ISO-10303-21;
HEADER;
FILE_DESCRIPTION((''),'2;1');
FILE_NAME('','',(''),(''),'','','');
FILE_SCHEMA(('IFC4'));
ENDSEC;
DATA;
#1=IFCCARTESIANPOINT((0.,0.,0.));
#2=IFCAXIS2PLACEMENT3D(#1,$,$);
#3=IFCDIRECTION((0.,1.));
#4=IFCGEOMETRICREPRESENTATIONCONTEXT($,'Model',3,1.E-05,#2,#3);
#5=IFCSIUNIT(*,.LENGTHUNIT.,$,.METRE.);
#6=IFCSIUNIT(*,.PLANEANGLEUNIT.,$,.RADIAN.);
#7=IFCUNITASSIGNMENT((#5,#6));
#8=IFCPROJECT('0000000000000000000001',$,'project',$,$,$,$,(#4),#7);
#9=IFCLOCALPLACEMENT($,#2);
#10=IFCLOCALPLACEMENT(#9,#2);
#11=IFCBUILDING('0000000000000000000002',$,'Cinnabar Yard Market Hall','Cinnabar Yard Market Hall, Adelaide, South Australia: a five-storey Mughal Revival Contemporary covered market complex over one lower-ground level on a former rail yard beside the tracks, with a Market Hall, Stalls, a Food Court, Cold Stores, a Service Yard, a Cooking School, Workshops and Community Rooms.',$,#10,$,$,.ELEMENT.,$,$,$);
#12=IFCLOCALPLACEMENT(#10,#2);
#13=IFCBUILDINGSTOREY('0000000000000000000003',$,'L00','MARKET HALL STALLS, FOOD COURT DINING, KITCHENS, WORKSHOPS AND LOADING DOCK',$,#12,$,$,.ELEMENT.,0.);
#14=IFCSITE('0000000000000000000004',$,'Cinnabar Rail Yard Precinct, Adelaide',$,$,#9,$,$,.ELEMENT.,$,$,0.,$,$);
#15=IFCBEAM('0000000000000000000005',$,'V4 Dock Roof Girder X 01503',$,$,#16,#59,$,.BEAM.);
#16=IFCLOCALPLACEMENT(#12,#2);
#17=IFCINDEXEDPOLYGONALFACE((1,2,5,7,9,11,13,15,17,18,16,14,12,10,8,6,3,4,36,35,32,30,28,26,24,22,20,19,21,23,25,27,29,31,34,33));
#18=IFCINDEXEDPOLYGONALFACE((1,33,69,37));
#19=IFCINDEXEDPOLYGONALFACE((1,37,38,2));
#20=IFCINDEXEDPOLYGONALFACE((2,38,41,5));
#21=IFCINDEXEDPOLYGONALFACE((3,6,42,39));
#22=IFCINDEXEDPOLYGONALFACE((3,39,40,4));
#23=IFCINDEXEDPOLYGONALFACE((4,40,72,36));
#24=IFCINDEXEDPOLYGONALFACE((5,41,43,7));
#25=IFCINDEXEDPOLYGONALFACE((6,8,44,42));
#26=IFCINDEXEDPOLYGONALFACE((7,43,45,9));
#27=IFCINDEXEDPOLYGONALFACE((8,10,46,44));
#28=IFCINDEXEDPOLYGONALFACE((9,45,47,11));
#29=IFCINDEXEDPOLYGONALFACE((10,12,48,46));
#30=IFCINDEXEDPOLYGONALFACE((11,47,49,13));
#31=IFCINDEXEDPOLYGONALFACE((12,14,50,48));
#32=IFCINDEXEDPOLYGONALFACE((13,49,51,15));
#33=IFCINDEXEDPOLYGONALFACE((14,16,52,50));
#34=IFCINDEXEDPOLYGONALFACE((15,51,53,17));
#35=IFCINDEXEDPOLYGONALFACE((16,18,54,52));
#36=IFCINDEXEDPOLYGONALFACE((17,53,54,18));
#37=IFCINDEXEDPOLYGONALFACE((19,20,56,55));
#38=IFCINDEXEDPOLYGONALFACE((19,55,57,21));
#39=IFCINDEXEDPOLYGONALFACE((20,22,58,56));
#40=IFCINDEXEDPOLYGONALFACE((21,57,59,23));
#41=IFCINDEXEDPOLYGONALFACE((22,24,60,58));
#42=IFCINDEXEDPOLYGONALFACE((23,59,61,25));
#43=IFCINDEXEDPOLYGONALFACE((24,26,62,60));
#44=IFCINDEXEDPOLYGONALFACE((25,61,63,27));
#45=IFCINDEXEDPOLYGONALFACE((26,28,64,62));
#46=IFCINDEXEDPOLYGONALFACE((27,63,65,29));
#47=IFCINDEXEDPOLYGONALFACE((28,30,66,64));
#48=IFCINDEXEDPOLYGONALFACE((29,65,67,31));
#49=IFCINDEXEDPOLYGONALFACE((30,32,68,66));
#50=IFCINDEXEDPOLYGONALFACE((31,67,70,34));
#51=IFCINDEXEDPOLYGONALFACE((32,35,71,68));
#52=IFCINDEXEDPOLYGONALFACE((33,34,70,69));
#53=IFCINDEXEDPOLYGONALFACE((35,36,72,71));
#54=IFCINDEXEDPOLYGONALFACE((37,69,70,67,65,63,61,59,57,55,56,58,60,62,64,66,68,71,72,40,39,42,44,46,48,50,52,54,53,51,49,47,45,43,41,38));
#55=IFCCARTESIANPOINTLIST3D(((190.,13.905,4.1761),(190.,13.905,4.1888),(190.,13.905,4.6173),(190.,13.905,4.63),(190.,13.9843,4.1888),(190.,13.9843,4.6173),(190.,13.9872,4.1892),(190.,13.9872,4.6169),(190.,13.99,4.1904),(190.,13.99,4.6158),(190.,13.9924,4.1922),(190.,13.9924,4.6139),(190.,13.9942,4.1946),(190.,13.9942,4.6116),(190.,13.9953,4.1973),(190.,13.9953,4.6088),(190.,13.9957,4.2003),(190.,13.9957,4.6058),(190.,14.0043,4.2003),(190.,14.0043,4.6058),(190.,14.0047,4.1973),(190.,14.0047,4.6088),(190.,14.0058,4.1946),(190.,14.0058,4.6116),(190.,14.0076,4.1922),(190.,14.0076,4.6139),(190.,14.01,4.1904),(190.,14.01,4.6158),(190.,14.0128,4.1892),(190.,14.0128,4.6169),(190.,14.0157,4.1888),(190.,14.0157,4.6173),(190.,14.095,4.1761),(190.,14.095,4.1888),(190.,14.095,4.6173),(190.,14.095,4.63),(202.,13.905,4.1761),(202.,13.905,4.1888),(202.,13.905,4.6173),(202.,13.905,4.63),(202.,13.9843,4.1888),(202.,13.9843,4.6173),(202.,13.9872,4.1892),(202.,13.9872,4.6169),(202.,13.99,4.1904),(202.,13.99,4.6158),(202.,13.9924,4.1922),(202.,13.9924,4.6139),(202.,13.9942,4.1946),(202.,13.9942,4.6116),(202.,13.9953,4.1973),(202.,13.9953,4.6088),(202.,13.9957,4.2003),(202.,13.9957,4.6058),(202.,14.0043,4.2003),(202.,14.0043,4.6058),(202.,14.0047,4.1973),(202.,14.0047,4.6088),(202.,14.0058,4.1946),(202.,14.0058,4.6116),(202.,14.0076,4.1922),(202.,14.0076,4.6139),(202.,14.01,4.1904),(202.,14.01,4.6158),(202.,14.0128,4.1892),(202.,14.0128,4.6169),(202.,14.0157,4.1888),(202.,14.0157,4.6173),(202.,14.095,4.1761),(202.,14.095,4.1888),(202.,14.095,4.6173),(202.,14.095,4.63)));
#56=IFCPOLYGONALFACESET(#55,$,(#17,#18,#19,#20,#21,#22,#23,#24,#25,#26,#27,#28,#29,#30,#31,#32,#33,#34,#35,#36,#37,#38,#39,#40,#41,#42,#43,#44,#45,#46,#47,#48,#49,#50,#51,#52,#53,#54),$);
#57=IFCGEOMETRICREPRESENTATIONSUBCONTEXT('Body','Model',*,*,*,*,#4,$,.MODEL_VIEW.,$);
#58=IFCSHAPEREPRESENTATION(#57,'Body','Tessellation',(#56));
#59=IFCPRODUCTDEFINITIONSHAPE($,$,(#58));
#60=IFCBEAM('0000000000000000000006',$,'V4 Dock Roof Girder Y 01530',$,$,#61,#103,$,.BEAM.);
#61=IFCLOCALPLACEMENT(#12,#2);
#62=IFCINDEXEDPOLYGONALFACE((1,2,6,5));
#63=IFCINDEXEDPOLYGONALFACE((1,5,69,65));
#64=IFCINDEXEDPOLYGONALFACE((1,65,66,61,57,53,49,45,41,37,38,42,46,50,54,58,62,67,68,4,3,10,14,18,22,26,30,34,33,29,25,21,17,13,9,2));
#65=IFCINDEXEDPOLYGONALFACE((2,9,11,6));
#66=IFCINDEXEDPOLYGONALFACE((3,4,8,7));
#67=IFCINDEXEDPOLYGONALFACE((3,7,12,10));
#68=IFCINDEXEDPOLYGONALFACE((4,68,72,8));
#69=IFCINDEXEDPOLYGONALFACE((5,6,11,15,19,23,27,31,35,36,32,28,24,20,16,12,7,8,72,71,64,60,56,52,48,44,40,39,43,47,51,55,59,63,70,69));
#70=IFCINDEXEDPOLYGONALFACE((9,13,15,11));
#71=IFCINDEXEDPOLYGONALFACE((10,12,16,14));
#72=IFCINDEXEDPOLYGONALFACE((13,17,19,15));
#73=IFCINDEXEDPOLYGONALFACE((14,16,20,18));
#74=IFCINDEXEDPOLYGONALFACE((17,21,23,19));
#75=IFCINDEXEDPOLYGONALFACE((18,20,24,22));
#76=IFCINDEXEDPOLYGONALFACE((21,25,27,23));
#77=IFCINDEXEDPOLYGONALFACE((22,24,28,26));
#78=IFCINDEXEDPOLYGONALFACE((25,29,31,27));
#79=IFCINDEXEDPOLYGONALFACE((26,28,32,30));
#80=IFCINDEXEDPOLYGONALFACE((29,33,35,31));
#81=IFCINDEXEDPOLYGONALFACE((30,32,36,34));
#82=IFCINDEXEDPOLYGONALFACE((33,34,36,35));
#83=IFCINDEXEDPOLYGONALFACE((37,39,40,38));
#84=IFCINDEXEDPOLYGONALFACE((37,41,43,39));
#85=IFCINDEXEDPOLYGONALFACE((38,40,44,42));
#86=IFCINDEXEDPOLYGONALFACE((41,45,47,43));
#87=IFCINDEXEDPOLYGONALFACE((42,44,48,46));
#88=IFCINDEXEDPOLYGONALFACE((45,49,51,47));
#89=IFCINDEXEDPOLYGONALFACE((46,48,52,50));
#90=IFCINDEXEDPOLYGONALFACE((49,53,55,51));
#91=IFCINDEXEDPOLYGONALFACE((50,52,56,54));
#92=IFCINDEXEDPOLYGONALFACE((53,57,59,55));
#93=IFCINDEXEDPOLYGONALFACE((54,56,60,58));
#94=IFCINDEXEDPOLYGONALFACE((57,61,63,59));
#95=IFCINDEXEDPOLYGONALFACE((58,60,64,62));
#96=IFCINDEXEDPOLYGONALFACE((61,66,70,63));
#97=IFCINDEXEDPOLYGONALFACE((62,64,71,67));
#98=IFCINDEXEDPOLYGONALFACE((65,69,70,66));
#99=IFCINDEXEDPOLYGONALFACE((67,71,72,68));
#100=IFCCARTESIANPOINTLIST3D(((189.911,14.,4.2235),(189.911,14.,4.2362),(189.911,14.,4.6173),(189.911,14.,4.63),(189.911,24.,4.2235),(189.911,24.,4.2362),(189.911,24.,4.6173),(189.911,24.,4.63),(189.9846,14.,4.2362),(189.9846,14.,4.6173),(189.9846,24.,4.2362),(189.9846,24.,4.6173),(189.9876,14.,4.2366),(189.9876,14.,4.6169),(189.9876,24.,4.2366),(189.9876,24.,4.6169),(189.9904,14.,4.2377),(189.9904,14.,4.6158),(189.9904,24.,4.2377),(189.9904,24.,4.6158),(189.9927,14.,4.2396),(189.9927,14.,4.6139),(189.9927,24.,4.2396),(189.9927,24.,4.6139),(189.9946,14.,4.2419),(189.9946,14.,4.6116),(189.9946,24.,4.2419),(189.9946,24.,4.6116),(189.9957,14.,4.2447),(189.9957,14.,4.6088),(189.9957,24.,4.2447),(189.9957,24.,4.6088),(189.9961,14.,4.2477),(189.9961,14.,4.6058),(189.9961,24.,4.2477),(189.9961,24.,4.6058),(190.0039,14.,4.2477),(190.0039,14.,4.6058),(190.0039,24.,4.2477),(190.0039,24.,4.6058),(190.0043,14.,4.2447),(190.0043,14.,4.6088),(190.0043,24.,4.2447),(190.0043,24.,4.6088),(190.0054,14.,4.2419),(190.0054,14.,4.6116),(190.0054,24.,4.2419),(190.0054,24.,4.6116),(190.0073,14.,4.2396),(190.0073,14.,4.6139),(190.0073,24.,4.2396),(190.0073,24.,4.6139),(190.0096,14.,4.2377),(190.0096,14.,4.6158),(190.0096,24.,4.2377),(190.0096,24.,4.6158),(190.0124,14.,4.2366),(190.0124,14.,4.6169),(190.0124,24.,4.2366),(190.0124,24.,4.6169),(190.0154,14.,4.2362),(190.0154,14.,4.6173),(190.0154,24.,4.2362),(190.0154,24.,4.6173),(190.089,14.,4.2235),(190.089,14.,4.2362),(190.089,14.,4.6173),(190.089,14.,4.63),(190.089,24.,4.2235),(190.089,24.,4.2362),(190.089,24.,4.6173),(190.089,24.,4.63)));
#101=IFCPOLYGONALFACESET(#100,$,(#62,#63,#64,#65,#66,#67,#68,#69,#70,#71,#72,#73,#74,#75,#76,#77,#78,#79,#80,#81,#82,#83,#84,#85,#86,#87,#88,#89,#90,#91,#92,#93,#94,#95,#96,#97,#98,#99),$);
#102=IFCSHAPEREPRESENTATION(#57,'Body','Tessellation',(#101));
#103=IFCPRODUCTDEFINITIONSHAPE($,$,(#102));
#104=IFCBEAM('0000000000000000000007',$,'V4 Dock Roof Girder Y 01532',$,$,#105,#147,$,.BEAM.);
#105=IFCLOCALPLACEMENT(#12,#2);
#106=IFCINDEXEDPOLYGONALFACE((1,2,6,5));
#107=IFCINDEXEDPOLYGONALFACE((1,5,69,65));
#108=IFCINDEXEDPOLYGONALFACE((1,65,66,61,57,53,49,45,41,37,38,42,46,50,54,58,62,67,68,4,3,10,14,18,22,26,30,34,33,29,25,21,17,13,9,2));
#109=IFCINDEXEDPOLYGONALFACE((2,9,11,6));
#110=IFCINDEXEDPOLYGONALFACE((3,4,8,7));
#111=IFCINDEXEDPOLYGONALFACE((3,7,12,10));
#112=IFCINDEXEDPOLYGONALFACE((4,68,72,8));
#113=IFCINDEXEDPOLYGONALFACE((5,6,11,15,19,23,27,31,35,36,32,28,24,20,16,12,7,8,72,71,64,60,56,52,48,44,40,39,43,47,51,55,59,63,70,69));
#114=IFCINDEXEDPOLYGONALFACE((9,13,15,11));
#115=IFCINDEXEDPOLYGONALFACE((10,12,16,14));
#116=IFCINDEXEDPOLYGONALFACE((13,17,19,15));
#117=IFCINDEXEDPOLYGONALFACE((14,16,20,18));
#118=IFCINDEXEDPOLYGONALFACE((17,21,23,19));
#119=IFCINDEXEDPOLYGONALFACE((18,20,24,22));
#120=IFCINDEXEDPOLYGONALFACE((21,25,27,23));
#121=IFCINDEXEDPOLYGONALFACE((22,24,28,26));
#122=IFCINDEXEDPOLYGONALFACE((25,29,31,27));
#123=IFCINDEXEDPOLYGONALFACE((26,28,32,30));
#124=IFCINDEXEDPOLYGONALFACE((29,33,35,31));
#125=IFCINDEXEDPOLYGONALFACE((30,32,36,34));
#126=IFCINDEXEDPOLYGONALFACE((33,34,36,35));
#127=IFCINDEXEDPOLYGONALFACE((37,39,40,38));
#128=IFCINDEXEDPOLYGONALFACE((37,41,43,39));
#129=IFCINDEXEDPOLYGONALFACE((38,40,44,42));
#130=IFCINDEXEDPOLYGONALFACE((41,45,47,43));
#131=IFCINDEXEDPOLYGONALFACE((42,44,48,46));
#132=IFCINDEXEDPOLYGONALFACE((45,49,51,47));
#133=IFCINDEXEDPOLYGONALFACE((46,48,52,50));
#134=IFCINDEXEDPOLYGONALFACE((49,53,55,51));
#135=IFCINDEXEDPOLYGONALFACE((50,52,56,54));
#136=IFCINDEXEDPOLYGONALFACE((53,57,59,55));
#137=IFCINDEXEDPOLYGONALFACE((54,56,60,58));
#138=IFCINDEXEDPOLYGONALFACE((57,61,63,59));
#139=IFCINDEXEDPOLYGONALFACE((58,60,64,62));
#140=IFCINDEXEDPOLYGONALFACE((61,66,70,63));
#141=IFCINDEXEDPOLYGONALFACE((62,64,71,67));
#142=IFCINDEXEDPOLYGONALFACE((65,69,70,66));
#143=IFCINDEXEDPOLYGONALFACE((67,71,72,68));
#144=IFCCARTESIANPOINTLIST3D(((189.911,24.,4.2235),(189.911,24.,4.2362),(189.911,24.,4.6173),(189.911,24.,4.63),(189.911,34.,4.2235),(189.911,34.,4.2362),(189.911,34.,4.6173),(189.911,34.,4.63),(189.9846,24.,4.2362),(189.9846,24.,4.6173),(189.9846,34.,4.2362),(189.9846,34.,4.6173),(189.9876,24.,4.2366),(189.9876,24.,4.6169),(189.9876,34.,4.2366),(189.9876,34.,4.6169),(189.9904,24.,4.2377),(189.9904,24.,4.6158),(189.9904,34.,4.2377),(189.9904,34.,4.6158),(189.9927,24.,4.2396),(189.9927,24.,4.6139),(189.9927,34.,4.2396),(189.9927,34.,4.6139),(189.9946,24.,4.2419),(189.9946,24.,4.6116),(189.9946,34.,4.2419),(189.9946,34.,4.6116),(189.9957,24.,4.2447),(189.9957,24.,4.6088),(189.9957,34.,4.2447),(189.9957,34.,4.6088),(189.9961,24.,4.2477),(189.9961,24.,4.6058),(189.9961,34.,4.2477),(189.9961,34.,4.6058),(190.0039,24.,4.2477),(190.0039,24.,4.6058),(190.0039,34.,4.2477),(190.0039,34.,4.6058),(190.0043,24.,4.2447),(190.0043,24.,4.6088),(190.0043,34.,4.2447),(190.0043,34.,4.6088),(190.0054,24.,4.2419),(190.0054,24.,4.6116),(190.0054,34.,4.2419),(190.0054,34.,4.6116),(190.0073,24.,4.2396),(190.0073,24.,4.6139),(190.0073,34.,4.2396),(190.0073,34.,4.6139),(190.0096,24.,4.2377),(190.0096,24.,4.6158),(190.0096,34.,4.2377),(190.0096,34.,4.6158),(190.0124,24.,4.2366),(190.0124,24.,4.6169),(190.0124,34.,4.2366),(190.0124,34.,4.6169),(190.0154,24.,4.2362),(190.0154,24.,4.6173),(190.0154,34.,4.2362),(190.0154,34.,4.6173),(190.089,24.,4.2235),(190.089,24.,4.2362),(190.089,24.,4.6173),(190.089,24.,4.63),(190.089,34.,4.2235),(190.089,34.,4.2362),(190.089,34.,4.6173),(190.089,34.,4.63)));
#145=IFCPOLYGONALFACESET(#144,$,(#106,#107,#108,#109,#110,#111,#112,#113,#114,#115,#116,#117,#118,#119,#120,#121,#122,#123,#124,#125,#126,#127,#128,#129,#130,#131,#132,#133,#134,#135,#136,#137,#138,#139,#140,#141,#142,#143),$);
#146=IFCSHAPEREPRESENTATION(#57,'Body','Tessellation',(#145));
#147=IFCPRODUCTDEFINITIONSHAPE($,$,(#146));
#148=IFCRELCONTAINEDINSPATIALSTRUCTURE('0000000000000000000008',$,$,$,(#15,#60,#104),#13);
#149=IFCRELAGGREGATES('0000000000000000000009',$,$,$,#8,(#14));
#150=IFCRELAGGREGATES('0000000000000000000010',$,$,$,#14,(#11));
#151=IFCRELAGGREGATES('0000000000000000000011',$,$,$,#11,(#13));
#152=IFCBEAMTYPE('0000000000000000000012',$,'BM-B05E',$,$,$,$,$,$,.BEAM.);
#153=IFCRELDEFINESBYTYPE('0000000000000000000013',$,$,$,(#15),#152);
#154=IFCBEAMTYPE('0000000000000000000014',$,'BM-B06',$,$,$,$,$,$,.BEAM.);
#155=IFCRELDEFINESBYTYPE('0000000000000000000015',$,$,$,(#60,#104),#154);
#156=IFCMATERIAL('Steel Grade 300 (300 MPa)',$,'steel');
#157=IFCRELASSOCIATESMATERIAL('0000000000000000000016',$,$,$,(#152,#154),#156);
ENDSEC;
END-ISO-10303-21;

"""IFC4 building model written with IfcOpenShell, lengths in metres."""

from ifc_helpers import new_model, si_unit, direction, frame, origin, origin_2d_with_axis, place, context, subcontext, project, spatial, i_section, extrude, material, material_profile, profile_set, type_object, element, save


model = new_model("IFC4")

# Units and contexts
model_context = context("Model", 3, precision=1e-05, world=origin(), true_north=direction((0.0, 1.0)))
body_context = subcontext(model_context, "Body", "Model", "MODEL_VIEW")
ifc_project = project(units=[si_unit("LENGTHUNIT", "METRE"), si_unit("PLANEANGLEUNIT", "RADIAN")], contexts=[model_context])

# Site, building, storey
site_placement = place(None, origin())
site = spatial("IfcSite", under=ifc_project, at=site_placement, Name="Cinnabar Rail Yard Precinct, Adelaide", CompositionType="ELEMENT", RefElevation=0.0)
building_placement = place(site_placement, origin())
building = spatial("IfcBuilding", under=site, at=building_placement, Name="Cinnabar Yard Market Hall", Description="Cinnabar Yard Market Hall, Adelaide, South Australia: a five-storey Mughal Revival Contemporary covered market complex over one lower-ground level on a former rail yard beside the tracks, with a Market Hall, Stalls, a Food Court, Cold Stores, a Service Yard, a Cooking School, Workshops and Community Rooms.", CompositionType="ELEMENT")
storey_placement = place(building_placement, origin())
storey = spatial("IfcBuildingStorey", under=building, at=storey_placement, Name="L00", Description="MARKET HALL STALLS, FOOD COURT DINING, KITCHENS, WORKSHOPS AND LOADING DOCK", CompositionType="ELEMENT", Elevation=0.0)

# Shared definitions
ifc_material_1 = material(Name="Steel Grade 300 (300 MPa)", Category="steel")

# Beams
ifc_material_profile_1 = material_profile(ifc_material_1, i_section(OverallWidth=0.1899, OverallDepth=0.4539, WebThickness=0.0085, FlangeThickness=0.0127, FilletRadius=0.0115, at=origin_2d_with_axis()), Name="460UB67.1")
ifc_profile_set_1 = profile_set([ifc_material_profile_1], Name="Steel Grade 300 (300 MPa)")
beam_type_1 = type_object("IfcBeamType", Name="BM-B05E", PredefinedType="BEAM", material=ifc_profile_set_1)
beam_1_placement = place(storey_placement, frame((190.0, 14.0, 4.4031), z_axis=(1.0, 0.0, 0.0), x_axis=(0.0, 1.0, 0.0)))
element("IfcBeam", 1, at=beam_1_placement, inside=storey, type_object=beam_type_1, Name="V4 Dock Roof Girder X 01503", PredefinedType="BEAM", context=body_context, shape_type="SweptSolid", body=[
    extrude(i_section(OverallWidth=0.1899, OverallDepth=0.4539, WebThickness=0.0085, FlangeThickness=0.0127, FilletRadius=0.0115, at=origin_2d_with_axis()), origin(), (0.0, 0.0, 1.0), 12.0),
])
ifc_material_profile_2 = material_profile(ifc_material_1, i_section(OverallWidth=0.178, OverallDepth=0.4065, WebThickness=0.0078, FlangeThickness=0.0127, FilletRadius=0.0115, at=origin_2d_with_axis()), Name="410UB59.7")
ifc_profile_set_2 = profile_set([ifc_material_profile_2], Name="Steel Grade 300 (300 MPa)")
beam_type_2 = type_object("IfcBeamType", Name="BM-B06", PredefinedType="BEAM", material=ifc_profile_set_2)
for number, where, z_axis, x_axis, name in (
    (2, (190.0, 14.0, 4.4268), (0.0, 1.0, 0.0), (-1.0, 0.0, 0.0), "V4 Dock Roof Girder Y 01530"),
    (3, (190.0, 24.0, 4.4268), (0.0, 1.0, 0.0), (-1.0, 0.0, 0.0), "V4 Dock Roof Girder Y 01532"),
):
    element("IfcBeam", number, at=place(storey_placement, frame(where, z_axis=z_axis, x_axis=x_axis)), inside=storey, type_object=beam_type_2, Name=name, PredefinedType="BEAM", context=body_context, shape_type="SweptSolid", body=[
        extrude(i_section(OverallWidth=0.178, OverallDepth=0.4065, WebThickness=0.0078, FlangeThickness=0.0127, FilletRadius=0.0115, at=origin_2d_with_axis()), origin(), (0.0, 0.0, 1.0), 10.0),
    ])

save(model, "model.ifc")
